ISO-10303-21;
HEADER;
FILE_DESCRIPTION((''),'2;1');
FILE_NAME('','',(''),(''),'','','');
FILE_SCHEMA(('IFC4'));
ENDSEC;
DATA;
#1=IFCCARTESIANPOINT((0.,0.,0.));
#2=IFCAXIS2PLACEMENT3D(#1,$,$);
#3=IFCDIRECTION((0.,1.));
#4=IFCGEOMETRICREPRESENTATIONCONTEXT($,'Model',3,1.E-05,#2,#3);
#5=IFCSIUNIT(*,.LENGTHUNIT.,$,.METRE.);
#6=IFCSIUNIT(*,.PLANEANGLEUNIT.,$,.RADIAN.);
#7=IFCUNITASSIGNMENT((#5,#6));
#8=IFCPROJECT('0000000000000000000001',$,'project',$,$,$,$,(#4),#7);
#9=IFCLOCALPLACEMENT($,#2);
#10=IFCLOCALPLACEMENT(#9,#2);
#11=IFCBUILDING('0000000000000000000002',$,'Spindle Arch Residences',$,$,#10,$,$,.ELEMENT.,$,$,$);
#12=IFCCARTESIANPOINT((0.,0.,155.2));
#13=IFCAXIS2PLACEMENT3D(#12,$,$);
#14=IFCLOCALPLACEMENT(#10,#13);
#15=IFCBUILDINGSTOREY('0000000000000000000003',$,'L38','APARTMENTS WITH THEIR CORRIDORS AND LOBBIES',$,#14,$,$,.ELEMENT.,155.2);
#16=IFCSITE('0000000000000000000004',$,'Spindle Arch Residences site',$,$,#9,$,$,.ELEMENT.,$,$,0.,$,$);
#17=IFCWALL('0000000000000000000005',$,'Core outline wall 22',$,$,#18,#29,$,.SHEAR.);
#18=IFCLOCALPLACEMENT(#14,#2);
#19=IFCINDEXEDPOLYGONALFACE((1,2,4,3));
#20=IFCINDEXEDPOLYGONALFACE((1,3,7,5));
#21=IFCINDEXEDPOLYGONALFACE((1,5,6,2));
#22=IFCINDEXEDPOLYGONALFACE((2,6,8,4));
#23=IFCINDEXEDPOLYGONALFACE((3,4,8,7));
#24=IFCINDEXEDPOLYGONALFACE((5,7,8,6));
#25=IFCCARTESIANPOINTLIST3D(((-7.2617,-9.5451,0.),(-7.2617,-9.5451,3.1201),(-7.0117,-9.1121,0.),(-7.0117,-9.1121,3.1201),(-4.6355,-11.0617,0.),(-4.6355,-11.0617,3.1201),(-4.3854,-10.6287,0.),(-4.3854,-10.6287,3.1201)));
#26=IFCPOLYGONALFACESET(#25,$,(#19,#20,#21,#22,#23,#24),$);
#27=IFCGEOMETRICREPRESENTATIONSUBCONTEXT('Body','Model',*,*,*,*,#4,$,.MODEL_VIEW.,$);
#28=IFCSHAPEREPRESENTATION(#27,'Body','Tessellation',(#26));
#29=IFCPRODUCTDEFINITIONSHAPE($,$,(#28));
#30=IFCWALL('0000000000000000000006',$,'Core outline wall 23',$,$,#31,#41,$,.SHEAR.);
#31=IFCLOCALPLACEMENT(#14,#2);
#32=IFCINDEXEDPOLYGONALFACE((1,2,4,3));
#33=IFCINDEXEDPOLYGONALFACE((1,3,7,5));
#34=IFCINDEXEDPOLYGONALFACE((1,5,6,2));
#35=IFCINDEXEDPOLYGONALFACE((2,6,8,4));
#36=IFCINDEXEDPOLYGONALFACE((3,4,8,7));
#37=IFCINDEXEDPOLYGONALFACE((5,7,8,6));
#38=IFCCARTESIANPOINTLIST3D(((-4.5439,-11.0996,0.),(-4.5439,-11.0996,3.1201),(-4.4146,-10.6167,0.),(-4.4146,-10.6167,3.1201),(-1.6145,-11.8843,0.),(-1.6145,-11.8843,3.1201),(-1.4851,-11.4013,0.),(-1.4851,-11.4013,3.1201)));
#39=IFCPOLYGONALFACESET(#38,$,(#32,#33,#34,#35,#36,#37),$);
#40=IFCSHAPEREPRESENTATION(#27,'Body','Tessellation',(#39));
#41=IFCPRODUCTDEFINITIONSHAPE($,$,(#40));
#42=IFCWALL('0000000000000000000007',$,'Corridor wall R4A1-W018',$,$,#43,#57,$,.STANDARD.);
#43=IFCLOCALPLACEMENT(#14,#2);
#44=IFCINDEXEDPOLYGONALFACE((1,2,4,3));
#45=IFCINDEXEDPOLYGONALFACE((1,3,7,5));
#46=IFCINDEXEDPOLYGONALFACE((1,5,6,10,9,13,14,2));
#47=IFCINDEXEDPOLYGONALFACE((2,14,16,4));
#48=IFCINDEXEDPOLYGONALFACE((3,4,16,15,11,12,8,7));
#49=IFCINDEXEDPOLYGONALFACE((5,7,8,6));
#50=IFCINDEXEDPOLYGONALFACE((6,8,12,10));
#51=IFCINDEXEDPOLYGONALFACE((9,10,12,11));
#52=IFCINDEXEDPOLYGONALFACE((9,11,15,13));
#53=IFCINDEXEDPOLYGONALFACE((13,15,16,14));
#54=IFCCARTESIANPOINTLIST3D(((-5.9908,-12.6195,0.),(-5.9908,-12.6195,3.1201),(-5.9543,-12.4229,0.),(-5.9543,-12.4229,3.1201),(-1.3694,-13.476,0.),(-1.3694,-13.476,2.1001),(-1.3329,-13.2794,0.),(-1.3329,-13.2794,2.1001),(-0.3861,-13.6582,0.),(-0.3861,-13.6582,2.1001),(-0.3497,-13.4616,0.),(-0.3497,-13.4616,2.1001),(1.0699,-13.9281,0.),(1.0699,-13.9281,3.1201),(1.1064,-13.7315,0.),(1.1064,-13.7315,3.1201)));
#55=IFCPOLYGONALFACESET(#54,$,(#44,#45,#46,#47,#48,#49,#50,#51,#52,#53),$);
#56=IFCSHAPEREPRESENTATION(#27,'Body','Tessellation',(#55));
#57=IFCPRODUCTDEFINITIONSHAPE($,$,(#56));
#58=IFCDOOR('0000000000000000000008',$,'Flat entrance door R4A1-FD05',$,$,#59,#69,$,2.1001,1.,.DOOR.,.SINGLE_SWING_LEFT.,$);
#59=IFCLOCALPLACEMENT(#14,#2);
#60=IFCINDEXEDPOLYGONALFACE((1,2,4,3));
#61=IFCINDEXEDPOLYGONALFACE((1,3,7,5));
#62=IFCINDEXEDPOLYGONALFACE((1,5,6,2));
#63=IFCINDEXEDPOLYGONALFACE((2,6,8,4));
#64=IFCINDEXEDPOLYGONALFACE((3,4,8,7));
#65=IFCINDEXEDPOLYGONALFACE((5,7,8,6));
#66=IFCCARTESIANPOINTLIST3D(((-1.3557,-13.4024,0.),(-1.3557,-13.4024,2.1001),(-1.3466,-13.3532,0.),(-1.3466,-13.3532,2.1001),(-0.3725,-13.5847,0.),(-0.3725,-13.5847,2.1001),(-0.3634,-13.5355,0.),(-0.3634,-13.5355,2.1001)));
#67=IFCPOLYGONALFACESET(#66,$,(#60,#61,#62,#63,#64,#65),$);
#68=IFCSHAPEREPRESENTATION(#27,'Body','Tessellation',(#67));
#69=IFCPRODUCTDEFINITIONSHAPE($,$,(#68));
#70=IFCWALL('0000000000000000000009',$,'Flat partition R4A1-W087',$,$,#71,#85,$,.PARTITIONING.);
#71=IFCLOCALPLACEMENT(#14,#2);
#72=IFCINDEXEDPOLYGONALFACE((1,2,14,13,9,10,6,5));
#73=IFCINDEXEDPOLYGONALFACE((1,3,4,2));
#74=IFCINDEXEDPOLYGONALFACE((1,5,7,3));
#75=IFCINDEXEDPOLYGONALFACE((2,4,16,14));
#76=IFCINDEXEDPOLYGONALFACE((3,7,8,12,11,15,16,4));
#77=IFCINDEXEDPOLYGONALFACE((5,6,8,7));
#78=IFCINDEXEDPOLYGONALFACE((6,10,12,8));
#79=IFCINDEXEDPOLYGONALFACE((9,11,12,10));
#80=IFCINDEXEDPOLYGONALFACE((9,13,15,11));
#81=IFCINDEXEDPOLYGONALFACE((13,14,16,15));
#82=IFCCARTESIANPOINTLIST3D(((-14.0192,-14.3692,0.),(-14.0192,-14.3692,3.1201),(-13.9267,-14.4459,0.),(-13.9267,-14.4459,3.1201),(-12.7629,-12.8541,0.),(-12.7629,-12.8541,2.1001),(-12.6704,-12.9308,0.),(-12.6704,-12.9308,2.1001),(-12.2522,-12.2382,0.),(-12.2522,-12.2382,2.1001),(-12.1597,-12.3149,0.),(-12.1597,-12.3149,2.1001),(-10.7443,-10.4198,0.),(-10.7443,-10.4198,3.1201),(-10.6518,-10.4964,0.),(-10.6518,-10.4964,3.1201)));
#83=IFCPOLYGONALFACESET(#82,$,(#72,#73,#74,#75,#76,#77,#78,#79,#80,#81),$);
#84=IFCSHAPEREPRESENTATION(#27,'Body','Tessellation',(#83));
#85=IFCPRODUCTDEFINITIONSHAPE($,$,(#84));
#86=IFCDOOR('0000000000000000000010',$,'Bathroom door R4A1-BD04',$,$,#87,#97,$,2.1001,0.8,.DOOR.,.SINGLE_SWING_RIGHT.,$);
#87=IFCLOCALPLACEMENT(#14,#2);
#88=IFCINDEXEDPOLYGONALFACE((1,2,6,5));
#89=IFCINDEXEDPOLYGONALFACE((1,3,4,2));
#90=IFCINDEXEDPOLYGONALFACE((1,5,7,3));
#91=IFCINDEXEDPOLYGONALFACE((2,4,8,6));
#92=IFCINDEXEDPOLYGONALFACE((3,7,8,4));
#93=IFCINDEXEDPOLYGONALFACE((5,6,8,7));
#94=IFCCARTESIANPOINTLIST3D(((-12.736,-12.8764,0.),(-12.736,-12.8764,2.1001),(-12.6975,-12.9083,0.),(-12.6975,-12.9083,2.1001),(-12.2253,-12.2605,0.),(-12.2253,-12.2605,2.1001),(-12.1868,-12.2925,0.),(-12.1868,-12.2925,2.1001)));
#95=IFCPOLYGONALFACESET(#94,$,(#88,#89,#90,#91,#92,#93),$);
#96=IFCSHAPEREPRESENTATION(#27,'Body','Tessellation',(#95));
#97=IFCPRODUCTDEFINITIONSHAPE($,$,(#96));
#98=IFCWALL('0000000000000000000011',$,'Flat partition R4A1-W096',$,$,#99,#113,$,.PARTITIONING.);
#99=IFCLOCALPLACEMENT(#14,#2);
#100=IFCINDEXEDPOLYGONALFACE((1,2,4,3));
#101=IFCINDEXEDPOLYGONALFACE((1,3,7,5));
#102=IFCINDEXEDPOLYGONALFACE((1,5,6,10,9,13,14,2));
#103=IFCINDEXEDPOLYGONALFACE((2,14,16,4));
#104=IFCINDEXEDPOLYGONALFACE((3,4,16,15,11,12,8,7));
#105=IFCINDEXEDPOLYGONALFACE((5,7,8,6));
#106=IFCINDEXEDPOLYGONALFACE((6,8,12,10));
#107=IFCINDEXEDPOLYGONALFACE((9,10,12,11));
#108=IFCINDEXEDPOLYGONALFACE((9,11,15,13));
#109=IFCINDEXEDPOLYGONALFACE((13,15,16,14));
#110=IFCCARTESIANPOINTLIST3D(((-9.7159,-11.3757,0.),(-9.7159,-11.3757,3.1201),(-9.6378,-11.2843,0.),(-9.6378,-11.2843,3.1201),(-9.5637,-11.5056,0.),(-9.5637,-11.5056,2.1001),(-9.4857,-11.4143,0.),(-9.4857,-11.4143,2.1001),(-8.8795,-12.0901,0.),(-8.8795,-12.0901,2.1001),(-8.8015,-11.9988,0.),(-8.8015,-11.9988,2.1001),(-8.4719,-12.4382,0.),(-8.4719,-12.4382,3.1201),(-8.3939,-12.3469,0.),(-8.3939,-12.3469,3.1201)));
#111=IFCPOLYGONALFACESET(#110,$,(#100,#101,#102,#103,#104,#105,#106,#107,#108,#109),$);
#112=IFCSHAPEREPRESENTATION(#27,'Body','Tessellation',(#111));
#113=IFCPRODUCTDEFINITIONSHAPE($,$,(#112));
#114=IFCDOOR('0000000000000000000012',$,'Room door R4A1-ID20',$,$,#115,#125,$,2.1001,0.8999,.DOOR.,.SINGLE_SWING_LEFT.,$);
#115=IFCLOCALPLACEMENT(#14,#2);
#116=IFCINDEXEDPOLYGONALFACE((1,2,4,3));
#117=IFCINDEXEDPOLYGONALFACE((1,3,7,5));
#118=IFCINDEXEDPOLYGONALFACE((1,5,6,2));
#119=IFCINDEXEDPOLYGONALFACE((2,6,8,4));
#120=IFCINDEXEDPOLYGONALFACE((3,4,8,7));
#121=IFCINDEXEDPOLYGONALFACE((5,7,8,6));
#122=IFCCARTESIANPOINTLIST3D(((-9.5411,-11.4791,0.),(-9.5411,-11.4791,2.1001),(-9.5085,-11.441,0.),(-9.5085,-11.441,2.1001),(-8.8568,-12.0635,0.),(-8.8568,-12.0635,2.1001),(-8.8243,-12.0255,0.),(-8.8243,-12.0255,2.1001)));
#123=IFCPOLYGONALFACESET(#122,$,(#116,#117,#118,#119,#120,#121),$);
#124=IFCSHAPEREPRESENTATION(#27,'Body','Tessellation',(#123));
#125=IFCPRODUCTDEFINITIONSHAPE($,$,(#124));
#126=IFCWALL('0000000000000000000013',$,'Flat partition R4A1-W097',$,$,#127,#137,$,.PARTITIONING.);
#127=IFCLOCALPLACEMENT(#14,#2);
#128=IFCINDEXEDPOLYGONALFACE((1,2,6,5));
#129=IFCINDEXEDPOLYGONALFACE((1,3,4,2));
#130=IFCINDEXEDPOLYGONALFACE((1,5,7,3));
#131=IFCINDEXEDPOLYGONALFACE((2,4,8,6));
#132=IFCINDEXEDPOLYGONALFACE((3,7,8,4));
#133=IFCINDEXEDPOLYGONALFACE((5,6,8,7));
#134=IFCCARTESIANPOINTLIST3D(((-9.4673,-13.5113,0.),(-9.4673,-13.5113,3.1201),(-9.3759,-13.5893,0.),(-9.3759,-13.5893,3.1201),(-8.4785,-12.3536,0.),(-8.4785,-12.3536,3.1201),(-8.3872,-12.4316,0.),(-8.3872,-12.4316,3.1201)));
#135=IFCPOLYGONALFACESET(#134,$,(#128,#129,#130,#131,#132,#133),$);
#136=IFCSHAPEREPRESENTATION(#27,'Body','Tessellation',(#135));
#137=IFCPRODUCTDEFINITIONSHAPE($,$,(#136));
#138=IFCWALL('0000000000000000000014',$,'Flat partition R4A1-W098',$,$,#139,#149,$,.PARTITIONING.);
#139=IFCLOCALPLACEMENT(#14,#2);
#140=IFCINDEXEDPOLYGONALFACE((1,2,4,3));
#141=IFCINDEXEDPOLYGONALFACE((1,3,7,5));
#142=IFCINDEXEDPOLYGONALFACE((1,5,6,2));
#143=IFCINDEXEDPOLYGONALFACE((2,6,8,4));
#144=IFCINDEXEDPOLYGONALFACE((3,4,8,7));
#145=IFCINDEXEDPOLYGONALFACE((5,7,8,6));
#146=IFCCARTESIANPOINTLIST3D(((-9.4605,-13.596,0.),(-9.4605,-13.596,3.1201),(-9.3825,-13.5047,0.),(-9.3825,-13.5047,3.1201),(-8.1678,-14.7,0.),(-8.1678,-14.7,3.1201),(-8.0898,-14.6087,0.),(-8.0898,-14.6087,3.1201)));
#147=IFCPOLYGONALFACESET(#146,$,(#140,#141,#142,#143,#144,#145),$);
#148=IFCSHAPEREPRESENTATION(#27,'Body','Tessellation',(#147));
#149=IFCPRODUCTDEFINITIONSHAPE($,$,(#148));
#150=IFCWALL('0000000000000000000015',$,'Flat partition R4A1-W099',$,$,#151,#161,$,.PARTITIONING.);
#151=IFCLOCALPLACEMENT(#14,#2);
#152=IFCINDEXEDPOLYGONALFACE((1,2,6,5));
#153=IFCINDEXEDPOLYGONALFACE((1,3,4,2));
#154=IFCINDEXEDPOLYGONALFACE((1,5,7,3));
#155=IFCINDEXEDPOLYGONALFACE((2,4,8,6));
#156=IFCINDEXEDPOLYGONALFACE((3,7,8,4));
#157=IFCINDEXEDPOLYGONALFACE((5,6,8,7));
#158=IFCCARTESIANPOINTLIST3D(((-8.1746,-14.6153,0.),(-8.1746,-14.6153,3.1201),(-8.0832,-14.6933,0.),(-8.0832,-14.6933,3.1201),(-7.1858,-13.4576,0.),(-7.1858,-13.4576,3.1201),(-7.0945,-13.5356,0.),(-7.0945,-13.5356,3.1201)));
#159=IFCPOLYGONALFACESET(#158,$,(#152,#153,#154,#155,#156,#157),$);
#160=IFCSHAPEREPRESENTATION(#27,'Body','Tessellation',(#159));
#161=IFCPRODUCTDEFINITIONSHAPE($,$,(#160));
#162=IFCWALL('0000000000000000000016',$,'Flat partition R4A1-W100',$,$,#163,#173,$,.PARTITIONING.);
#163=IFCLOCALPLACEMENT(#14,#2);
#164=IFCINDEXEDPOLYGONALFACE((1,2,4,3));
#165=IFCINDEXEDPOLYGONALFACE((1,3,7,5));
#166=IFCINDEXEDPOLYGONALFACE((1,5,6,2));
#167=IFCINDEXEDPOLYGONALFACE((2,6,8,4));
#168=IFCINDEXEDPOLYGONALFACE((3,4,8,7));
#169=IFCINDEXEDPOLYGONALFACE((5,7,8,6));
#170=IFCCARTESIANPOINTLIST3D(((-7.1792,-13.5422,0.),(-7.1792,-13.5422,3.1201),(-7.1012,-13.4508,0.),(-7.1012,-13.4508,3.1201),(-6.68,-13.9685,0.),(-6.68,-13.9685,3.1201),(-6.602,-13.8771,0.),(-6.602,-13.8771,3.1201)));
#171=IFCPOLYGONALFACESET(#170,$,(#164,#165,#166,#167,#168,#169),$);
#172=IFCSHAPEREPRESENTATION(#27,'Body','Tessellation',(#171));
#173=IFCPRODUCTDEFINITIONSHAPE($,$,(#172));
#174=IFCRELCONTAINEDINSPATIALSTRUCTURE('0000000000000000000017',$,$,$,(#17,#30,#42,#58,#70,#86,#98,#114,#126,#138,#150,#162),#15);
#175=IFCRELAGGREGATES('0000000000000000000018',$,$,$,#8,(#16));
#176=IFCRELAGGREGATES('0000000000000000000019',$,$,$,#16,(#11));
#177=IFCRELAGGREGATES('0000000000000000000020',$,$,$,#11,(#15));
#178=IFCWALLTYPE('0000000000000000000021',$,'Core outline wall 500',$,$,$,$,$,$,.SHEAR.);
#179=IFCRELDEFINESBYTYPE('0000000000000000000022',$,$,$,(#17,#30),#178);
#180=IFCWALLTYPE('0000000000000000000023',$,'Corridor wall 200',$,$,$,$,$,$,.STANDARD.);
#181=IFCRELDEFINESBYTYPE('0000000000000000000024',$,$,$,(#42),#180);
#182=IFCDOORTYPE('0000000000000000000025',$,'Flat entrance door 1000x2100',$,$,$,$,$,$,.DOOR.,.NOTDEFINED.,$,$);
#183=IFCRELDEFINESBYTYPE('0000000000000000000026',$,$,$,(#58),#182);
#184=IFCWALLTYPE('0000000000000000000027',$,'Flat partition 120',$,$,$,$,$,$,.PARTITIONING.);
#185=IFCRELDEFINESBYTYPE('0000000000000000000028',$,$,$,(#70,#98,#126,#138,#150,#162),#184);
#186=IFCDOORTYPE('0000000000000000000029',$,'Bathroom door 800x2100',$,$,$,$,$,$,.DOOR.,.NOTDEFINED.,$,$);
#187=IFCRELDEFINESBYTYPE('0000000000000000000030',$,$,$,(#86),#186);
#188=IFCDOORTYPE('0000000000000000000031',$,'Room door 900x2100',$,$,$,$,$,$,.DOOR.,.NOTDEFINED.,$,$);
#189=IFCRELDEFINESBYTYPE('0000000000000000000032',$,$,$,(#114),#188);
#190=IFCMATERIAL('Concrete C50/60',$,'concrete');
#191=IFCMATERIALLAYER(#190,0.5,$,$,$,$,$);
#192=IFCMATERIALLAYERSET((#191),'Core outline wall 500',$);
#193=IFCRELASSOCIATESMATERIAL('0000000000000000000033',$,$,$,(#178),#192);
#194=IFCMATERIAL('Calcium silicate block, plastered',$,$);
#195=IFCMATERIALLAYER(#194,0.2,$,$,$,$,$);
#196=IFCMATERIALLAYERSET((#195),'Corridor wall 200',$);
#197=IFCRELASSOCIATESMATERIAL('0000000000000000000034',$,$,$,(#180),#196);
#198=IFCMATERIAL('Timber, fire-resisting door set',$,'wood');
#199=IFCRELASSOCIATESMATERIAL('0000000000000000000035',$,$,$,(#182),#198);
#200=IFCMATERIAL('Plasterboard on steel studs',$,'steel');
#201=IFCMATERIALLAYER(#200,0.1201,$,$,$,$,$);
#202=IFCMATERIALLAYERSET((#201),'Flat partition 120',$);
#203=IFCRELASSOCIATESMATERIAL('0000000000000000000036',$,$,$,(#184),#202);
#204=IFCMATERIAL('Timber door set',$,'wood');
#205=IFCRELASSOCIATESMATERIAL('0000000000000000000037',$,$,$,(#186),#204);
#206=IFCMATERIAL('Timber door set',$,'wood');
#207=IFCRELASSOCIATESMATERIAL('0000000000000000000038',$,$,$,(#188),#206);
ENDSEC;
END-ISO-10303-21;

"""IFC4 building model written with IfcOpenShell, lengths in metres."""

from ifc_helpers import new_model, si_unit, direction, frame, frame_2d, origin, place, context, subcontext, project, spatial, rectangle, extrude, material, layer, layer_set, type_object, element, fill, save


model = new_model("IFC4")

# Units and contexts
model_context = context("Model", 3, precision=1e-05, world=origin(), true_north=direction((0.0, 1.0)))
body_context = subcontext(model_context, "Body", "Model", "MODEL_VIEW")
ifc_project = project(units=[si_unit("LENGTHUNIT", "METRE"), si_unit("PLANEANGLEUNIT", "RADIAN")], contexts=[model_context])

# Site, building, storey
site_placement = place(None, origin())
site = spatial("IfcSite", under=ifc_project, at=site_placement, Name="Spindle Arch Residences site", CompositionType="ELEMENT", RefElevation=0.0)
building_placement = place(site_placement, origin())
building = spatial("IfcBuilding", under=site, at=building_placement, Name="Spindle Arch Residences", CompositionType="ELEMENT")
storey_placement = place(building_placement, frame((0.0, 0.0, 155.2)))
storey = spatial("IfcBuildingStorey", under=building, at=storey_placement, Name="L38", Description="APARTMENTS WITH THEIR CORRIDORS AND LOBBIES", CompositionType="ELEMENT", Elevation=155.2)

# Walls
ifc_material_1 = material(Name="Concrete C50/60", Category="concrete")
ifc_layer_1 = layer(ifc_material_1, 0.5)
ifc_layer_set_1 = layer_set([ifc_layer_1], Name="Core outline wall 500")
wall_type_1 = type_object("IfcWallType", Name="Core outline wall 500", PredefinedType="SHEAR", material=ifc_layer_set_1)
for number, where, z_axis, x_axis, name in (
    (1, (-7.1367, -9.3286, 0.0), (0.0, 0.0, 1.0), (0.865975, -0.500087, 0.0), "Core outline wall 22"),
    (2, (-4.4792, -10.8582, 0.0), (0.0, 0.0, 1.0), (0.965948, -0.258735, 0.0), "Core outline wall 23"),
):
    element("IfcWall", number, at=place(storey_placement, frame(where, z_axis=z_axis, x_axis=x_axis)), inside=storey, type_object=wall_type_1, Name=name, PredefinedType="SHEAR", context=body_context, shape_type="SweptSolid", body=[
        extrude(rectangle(XDim=3.0327, YDim=0.5, at=frame_2d((1.5164, 0.0))), origin(), (0.0, 0.0, 1.0), 3.1201),
    ])

# Walls, openings, doors
ifc_material_2 = material(Name="Calcium silicate block, plastered")
ifc_layer_2 = layer(ifc_material_2, 0.2)
ifc_layer_set_2 = layer_set([ifc_layer_2], Name="Corridor wall 200")
wall_type_2 = type_object("IfcWallType", Name="Corridor wall 200", PredefinedType="STANDARD", material=ifc_layer_set_2)
wall_1_placement = place(storey_placement, frame((-5.9724, -12.5212, 0.0), z_axis=(0.0, 0.0, 1.0), x_axis=(0.983256, -0.182229, 0.0)))
wall_1 = element("IfcWall", 3, at=wall_1_placement, inside=storey, type_object=wall_type_2, Name="Corridor wall R4A1-W018", PredefinedType="STANDARD", context=body_context, shape_type="SweptSolid", body=[
    extrude(rectangle(XDim=7.1809, YDim=0.2, at=frame_2d((3.5903, 0.0))), origin(), (0.0, 0.0, 1.0), 3.1201),
])
opening_1_placement = place(wall_1_placement, frame((4.7, 0.0, 0.0)))
opening_1 = element("IfcOpeningElement", 4, at=opening_1_placement, cuts=wall_1, PredefinedType="OPENING", context=body_context, shape_type="SweptSolid", body=[
    extrude(rectangle(XDim=1.0, YDim=2.1001, at=frame_2d((0.5, 1.05))), frame((0.0, 0.1099, 0.0), z_axis=(0.0, -1.0, 0.0), x_axis=(1.0, 0.0, 0.0)), (0.0, 0.0, 1.0), 0.22),
])
ifc_material_3 = material(Name="Timber, fire-resisting door set", Category="wood")
door_type_1 = type_object("IfcDoorType", Name="Flat entrance door 1000x2100", OperationType="NOTDEFINED", PredefinedType="DOOR", material=ifc_material_3)
door_1_placement = place(opening_1_placement, origin())
door_1 = element("IfcDoor", 5, at=door_1_placement, inside=storey, type_object=door_type_1, Name="Flat entrance door R4A1-FD05", OperationType="SINGLE_SWING_LEFT", OverallHeight=2.1001, OverallWidth=1.0, PredefinedType="DOOR", context=body_context, shape_type="SweptSolid", body=[
    extrude(rectangle(XDim=1.0, YDim=2.1001, at=frame_2d((0.5, 1.05))), frame((0.0, 0.0249, 0.0), z_axis=(0.0, -1.0, 0.0), x_axis=(1.0, 0.0, 0.0)), (0.0, 0.0, 1.0), 0.05),
])
fill(opening_1, door_1)
ifc_material_4 = material(Name="Plasterboard on steel studs", Category="steel")
ifc_layer_3 = layer(ifc_material_4, 0.1201)
ifc_layer_set_3 = layer_set([ifc_layer_3], Name="Flat partition 120")
wall_type_3 = type_object("IfcWallType", Name="Flat partition 120", PredefinedType="PARTITIONING", material=ifc_layer_set_3)
wall_2_placement = place(storey_placement, frame((-10.698, -10.458, 0.0), z_axis=(0.0, 0.0, 1.0), x_axis=(-0.638306, -0.769783, 0.0)))
wall_2 = element("IfcWall", 6, at=wall_2_placement, inside=storey, type_object=wall_type_3, Name="Flat partition R4A1-W087", PredefinedType="PARTITIONING", context=body_context, shape_type="SweptSolid", body=[
    extrude(rectangle(XDim=5.1306, YDim=0.1201, at=frame_2d((2.5654, 0.0))), origin(), (0.0, 0.0, 1.0), 3.1201),
])
opening_2_placement = place(wall_2_placement, frame((2.3625, 0.0, 0.0)))
opening_2 = element("IfcOpeningElement", 7, at=opening_2_placement, cuts=wall_2, PredefinedType="OPENING", context=body_context, shape_type="SweptSolid", body=[
    extrude(rectangle(XDim=0.8, YDim=2.1001, at=frame_2d((0.3999, 1.05))), frame((0.0, 0.0701, 0.0), z_axis=(0.0, -1.0, 0.0), x_axis=(1.0, 0.0, 0.0)), (0.0, 0.0, 1.0), 0.1401),
])
ifc_material_5 = material(Name="Timber door set", Category="wood")
door_type_2 = type_object("IfcDoorType", Name="Bathroom door 800x2100", OperationType="NOTDEFINED", PredefinedType="DOOR", material=ifc_material_5)
door_2_placement = place(opening_2_placement, origin())
door_2 = element("IfcDoor", 8, at=door_2_placement, inside=storey, type_object=door_type_2, Name="Bathroom door R4A1-BD04", OperationType="SINGLE_SWING_RIGHT", OverallHeight=2.1001, OverallWidth=0.8, PredefinedType="DOOR", context=body_context, shape_type="SweptSolid", body=[
    extrude(rectangle(XDim=0.8, YDim=2.1001, at=frame_2d((0.3999, 1.05))), frame((0.0, 0.0249, 0.0), z_axis=(0.0, -1.0, 0.0), x_axis=(1.0, 0.0, 0.0)), (0.0, 0.0, 1.0), 0.05),
])
fill(opening_2, door_2)
wall_3_placement = place(storey_placement, frame((-9.6768, -11.3301, 0.0), z_axis=(0.0, 0.0, 1.0), x_axis=(0.760372, -0.649488, 0.0)))
wall_3 = element("IfcWall", 9, at=wall_3_placement, inside=storey, type_object=wall_type_3, Name="Flat partition R4A1-W096", PredefinedType="PARTITIONING", context=body_context, shape_type="SweptSolid", body=[
    extrude(rectangle(XDim=1.636, YDim=0.1201, at=frame_2d((0.8179, 0.0))), origin(), (0.0, 0.0, 1.0), 3.1201),
])
opening_3_placement = place(wall_3_placement, frame((0.2, 0.0, 0.0)))
opening_3 = element("IfcOpeningElement", 10, at=opening_3_placement, cuts=wall_3, PredefinedType="OPENING", context=body_context, shape_type="SweptSolid", body=[
    extrude(rectangle(XDim=0.8999, YDim=2.1001, at=frame_2d((0.45, 1.05))), frame((0.0, 0.0701, 0.0), z_axis=(0.0, -1.0, 0.0), x_axis=(1.0, 0.0, 0.0)), (0.0, 0.0, 1.0), 0.1401),
])
ifc_material_6 = material(Name="Timber door set", Category="wood")
door_type_3 = type_object("IfcDoorType", Name="Room door 900x2100", OperationType="NOTDEFINED", PredefinedType="DOOR", material=ifc_material_6)
door_3_placement = place(opening_3_placement, origin())
door_3 = element("IfcDoor", 11, at=door_3_placement, inside=storey, type_object=door_type_3, Name="Room door R4A1-ID20", OperationType="SINGLE_SWING_LEFT", OverallHeight=2.1001, OverallWidth=0.8999, PredefinedType="DOOR", context=body_context, shape_type="SweptSolid", body=[
    extrude(rectangle(XDim=0.8999, YDim=2.1001, at=frame_2d((0.45, 1.05))), frame((0.0, 0.0249, 0.0), z_axis=(0.0, -1.0, 0.0), x_axis=(1.0, 0.0, 0.0)), (0.0, 0.0, 1.0), 0.05),
])
fill(opening_3, door_3)

# Walls
wall_4_placement = place(storey_placement, frame((-8.4329, -12.3926, 0.0), z_axis=(0.0, 0.0, 1.0), x_axis=(-0.649443, -0.76041, 0.0)))
element("IfcWall", 12, at=wall_4_placement, inside=storey, type_object=wall_type_3, Name="Flat partition R4A1-W097", PredefinedType="PARTITIONING", context=body_context, shape_type="SweptSolid", body=[
    extrude(rectangle(XDim=1.5225, YDim=0.1201, at=frame_2d((0.7612, 0.0))), origin(), (0.0, 0.0, 1.0), 3.1201),
])
wall_5_placement = place(storey_placement, frame((-9.4216, -13.5503, 0.0), z_axis=(0.0, 0.0, 1.0), x_axis=(0.760431, -0.649418, 0.0)))
element("IfcWall", 13, at=wall_5_placement, inside=storey, type_object=wall_type_3, Name="Flat partition R4A1-W098", PredefinedType="PARTITIONING", context=body_context, shape_type="SweptSolid", body=[
    extrude(rectangle(XDim=1.7, YDim=0.1201, at=frame_2d((0.8501, 0.0))), origin(), (0.0, 0.0, 1.0), 3.1201),
])
wall_6_placement = place(storey_placement, frame((-8.1289, -14.6543, 0.0), z_axis=(0.0, 0.0, 1.0), x_axis=(0.649443, 0.76041, 0.0)))
element("IfcWall", 14, at=wall_6_placement, inside=storey, type_object=wall_type_3, Name="Flat partition R4A1-W099", PredefinedType="PARTITIONING", context=body_context, shape_type="SweptSolid", body=[
    extrude(rectangle(XDim=1.5225, YDim=0.1201, at=frame_2d((0.7612, 0.0))), origin(), (0.0, 0.0, 1.0), 3.1201),
])
wall_7_placement = place(storey_placement, frame((-7.1401, -13.4966, 0.0), z_axis=(0.0, 0.0, 1.0), x_axis=(0.760515, -0.64932, 0.0)))
element("IfcWall", 15, at=wall_7_placement, inside=storey, type_object=wall_type_3, Name="Flat partition R4A1-W100", PredefinedType="PARTITIONING", context=body_context, shape_type="SweptSolid", body=[
    extrude(rectangle(XDim=0.6565, YDim=0.1201, at=frame_2d((0.3281, 0.0))), origin(), (0.0, 0.0, 1.0), 3.1201),
])

save(model, "model.ifc")
